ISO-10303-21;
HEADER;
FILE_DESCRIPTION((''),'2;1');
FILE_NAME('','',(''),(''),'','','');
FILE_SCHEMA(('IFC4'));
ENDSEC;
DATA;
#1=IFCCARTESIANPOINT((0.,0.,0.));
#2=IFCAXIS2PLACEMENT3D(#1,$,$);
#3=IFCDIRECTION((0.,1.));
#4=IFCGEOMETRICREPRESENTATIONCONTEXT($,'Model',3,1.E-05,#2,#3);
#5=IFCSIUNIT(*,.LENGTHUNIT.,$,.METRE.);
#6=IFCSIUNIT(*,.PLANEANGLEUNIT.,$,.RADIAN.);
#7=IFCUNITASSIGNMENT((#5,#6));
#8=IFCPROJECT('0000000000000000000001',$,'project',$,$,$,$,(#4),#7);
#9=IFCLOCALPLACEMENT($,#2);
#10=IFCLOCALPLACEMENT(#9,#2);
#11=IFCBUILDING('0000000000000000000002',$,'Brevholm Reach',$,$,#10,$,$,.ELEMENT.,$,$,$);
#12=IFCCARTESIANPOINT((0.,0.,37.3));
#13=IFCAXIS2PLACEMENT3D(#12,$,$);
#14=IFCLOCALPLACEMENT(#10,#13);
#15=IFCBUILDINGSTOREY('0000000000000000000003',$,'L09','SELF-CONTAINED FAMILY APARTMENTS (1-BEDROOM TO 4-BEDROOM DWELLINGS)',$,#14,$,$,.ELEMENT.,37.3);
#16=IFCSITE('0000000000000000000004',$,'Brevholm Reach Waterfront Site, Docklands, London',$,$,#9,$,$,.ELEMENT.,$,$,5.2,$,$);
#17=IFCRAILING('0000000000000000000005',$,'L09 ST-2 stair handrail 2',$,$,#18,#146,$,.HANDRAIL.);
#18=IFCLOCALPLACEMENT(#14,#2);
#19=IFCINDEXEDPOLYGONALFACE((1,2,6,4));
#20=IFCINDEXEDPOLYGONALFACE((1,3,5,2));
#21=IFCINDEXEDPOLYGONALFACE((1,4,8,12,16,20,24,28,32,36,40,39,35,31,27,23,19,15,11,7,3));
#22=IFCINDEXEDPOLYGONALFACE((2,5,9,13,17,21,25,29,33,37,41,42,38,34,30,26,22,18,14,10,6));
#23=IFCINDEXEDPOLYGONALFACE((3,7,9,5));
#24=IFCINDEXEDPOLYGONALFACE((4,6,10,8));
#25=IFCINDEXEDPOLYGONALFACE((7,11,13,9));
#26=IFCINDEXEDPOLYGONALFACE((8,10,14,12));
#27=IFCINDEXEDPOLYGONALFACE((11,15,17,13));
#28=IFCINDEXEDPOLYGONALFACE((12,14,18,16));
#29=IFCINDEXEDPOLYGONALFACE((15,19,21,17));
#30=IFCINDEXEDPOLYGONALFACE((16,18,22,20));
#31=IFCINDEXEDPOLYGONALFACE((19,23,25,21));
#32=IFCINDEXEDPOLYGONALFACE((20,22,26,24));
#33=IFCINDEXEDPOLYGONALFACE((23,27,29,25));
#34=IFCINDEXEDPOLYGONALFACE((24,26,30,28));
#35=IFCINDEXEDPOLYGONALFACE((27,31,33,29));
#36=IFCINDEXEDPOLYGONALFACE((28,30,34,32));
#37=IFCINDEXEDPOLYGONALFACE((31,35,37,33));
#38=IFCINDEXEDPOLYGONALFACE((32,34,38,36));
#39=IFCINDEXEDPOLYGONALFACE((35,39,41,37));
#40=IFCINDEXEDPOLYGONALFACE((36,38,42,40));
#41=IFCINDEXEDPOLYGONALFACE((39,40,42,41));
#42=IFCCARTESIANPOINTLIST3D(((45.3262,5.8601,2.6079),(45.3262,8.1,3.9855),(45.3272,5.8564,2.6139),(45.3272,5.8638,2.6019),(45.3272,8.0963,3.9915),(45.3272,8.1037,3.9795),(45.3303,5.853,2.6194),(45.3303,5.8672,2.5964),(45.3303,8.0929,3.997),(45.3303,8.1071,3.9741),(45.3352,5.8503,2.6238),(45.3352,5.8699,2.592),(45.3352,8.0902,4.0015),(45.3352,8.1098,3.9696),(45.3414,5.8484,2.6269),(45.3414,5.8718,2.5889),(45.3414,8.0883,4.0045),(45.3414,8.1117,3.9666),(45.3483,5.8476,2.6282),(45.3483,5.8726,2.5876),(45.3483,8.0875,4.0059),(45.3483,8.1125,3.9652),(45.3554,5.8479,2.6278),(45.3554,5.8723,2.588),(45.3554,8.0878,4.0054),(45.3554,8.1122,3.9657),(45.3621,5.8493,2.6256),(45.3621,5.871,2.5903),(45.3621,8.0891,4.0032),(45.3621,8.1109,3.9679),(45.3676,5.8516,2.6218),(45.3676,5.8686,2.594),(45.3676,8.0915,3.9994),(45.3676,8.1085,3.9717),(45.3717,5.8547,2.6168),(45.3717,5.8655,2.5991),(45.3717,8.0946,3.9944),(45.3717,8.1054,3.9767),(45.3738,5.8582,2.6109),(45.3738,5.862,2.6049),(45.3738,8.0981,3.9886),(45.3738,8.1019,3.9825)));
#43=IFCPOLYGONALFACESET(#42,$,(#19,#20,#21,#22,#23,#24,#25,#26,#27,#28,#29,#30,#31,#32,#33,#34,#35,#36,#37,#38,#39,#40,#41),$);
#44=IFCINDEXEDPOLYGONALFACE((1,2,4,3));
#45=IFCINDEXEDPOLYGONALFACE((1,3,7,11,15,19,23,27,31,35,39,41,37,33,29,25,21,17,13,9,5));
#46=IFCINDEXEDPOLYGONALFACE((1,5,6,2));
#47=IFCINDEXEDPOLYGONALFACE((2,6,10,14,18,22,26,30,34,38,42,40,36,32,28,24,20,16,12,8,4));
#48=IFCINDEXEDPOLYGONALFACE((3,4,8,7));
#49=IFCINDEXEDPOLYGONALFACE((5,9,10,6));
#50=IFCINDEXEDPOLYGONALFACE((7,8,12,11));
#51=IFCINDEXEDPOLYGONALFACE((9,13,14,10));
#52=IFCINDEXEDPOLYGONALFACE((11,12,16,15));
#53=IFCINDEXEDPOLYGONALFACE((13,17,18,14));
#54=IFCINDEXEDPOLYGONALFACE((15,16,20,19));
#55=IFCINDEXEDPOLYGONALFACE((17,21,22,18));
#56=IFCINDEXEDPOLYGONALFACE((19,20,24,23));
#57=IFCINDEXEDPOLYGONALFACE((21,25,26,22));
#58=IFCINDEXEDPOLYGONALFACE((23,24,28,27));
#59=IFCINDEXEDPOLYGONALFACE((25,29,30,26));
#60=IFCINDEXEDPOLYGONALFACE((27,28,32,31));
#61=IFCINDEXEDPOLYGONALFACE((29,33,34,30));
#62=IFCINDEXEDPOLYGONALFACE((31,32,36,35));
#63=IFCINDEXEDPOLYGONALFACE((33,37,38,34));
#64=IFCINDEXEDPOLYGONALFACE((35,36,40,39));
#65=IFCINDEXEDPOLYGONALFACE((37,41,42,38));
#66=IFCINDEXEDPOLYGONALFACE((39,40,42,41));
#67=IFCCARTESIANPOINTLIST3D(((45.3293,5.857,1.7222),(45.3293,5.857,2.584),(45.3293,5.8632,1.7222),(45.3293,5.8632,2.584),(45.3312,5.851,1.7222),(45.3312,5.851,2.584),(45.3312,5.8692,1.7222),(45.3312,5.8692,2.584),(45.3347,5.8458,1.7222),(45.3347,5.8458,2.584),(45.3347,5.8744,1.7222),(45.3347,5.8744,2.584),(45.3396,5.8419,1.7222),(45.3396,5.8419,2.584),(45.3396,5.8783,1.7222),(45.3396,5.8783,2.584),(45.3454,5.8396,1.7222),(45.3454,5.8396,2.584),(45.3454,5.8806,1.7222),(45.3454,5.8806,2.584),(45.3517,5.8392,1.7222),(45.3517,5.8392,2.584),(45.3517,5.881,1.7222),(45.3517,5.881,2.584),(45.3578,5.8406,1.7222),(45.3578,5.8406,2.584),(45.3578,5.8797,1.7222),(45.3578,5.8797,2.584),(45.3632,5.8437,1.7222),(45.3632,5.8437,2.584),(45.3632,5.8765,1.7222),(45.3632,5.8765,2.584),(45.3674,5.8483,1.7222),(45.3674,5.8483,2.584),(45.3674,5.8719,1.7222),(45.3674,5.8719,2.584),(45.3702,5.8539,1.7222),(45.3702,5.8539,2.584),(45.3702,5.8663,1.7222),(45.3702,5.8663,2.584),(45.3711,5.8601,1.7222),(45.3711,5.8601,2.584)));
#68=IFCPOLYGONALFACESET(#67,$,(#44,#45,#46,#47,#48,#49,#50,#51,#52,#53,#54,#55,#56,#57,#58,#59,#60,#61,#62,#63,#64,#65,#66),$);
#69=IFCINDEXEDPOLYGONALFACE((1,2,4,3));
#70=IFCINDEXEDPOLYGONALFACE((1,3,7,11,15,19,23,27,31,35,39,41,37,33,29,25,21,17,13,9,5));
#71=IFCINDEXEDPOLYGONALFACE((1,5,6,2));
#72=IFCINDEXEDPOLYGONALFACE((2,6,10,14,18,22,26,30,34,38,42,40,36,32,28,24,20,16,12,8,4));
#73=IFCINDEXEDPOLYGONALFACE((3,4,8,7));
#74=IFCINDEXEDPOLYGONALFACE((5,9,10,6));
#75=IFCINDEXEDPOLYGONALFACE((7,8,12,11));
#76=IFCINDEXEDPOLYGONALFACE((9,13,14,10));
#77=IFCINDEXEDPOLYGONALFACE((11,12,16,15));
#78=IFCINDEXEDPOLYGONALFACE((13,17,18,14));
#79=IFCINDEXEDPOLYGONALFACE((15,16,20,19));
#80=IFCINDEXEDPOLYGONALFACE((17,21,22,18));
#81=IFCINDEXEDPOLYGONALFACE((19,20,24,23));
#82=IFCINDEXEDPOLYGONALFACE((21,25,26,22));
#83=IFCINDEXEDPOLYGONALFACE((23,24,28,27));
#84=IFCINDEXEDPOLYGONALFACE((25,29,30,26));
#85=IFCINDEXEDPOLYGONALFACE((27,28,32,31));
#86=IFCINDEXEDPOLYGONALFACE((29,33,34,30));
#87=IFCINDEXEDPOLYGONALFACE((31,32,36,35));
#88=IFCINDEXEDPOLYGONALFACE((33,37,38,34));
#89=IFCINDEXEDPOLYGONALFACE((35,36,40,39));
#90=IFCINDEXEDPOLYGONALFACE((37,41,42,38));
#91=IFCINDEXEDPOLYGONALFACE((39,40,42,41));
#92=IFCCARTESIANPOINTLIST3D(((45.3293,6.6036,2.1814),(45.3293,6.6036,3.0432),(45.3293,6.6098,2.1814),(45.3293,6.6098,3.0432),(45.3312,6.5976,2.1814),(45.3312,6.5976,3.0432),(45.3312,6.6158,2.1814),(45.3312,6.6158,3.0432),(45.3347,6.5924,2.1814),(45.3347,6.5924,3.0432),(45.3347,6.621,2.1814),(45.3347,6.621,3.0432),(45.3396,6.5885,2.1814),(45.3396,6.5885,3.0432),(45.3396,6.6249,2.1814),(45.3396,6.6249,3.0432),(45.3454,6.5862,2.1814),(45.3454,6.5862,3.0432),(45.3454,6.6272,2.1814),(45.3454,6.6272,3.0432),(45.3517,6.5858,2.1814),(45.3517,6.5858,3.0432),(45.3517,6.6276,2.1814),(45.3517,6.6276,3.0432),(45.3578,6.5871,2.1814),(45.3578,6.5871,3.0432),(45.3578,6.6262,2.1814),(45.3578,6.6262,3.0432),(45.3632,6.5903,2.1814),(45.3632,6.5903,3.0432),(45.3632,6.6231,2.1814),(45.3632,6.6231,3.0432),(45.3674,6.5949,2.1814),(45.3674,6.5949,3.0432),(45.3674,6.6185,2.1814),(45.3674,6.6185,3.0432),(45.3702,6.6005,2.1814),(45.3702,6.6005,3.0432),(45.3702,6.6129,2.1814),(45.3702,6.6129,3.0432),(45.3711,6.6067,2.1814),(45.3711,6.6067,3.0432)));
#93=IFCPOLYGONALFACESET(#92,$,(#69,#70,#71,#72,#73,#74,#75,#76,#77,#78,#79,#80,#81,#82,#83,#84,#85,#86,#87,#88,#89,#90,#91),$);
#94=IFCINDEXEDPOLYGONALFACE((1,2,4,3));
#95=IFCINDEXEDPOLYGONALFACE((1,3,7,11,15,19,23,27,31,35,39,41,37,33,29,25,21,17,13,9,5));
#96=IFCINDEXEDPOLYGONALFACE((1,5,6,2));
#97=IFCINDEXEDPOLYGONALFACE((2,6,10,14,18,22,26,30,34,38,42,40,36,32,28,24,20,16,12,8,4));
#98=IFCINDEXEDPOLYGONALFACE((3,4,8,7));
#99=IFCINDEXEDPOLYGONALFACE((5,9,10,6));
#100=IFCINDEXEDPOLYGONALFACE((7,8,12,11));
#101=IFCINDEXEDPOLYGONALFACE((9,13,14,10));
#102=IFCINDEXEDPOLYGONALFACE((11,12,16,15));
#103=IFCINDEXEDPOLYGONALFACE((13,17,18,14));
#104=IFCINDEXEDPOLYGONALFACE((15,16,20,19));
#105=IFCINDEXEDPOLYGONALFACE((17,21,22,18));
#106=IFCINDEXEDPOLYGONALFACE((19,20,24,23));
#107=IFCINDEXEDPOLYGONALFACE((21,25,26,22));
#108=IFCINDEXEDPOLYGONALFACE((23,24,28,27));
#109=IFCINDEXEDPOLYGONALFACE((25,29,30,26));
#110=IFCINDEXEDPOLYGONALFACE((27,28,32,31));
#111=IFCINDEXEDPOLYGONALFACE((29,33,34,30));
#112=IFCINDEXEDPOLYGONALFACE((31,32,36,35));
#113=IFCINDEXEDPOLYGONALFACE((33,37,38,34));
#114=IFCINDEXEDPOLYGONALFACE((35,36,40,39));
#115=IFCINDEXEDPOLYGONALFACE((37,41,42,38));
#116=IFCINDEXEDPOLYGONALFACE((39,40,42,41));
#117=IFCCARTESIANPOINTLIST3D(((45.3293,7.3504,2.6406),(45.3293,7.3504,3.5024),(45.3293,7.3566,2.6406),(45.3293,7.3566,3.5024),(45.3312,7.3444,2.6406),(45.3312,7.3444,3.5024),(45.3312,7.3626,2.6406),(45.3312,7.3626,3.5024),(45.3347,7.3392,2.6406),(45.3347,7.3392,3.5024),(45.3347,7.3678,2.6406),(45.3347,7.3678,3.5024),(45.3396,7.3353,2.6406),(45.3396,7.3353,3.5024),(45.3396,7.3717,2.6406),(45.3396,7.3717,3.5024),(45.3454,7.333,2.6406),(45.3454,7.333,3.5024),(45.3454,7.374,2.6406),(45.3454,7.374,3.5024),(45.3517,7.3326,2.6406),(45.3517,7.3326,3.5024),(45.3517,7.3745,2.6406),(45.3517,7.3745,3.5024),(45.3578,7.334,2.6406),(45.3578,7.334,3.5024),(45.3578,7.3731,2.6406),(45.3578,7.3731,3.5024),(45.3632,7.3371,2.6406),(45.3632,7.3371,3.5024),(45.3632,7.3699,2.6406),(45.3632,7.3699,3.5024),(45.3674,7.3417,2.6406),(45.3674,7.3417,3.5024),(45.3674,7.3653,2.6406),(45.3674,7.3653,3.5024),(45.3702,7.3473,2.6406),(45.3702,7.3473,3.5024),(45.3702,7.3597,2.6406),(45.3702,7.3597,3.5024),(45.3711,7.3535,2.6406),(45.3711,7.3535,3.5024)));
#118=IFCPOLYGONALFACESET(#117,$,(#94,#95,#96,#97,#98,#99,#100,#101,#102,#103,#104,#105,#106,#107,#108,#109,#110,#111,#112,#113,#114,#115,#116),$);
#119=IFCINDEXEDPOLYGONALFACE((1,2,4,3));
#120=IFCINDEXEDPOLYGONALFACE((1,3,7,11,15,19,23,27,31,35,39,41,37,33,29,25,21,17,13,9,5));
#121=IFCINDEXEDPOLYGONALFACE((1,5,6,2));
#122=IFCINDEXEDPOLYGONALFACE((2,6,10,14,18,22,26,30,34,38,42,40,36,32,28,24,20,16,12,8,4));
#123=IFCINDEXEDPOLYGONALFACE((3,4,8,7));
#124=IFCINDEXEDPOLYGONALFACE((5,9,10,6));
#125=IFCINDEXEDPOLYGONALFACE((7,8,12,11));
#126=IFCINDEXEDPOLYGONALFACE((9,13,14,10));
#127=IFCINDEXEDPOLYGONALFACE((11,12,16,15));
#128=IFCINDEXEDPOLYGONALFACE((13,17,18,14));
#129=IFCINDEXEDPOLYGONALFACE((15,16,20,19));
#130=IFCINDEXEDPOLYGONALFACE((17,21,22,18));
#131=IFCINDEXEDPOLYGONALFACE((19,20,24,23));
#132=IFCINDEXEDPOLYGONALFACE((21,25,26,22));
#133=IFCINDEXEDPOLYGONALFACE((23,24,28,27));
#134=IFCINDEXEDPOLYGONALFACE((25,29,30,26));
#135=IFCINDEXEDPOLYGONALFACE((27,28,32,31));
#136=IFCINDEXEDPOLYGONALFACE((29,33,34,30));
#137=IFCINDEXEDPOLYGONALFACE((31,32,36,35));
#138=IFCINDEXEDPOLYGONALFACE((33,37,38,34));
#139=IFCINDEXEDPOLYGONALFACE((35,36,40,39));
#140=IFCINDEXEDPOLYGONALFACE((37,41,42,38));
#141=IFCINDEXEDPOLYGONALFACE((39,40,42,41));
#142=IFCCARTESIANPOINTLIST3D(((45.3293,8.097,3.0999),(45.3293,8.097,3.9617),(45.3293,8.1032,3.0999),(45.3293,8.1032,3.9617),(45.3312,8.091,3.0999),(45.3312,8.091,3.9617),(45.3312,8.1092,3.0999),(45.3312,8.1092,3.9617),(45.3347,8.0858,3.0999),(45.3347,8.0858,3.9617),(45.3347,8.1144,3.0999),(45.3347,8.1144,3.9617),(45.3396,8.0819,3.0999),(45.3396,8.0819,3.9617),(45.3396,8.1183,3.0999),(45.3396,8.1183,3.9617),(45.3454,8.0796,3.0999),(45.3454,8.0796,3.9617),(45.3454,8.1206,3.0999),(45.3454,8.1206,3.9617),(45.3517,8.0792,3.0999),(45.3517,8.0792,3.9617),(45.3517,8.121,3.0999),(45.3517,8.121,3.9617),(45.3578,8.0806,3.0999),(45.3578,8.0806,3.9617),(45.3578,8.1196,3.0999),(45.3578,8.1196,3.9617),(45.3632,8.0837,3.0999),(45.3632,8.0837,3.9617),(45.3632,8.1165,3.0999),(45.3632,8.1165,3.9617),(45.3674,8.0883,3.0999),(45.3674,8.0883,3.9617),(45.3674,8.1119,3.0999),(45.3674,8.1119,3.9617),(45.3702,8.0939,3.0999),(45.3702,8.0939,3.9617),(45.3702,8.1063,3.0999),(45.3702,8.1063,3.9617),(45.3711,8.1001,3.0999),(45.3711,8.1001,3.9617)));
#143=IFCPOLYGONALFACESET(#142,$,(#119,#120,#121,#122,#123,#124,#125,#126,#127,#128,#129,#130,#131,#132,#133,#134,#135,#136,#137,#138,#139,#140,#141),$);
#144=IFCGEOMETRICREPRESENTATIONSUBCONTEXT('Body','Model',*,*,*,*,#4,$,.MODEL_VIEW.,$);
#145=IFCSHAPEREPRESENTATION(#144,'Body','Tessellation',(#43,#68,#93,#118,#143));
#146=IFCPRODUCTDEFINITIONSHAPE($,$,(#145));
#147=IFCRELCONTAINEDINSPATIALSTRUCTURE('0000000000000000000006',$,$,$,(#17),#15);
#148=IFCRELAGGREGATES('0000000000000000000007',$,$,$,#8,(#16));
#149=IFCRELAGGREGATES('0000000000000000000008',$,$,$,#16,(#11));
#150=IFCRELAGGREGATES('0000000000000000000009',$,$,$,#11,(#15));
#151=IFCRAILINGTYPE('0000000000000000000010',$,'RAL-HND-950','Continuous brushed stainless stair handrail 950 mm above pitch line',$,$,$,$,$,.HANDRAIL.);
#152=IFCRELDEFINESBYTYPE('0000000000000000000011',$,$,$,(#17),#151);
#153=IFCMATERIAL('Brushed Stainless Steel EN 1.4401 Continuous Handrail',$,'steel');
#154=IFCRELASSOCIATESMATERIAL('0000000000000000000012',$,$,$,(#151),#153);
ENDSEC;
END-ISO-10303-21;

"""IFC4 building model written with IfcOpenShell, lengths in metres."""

from ifc_helpers import new_model, si_unit, direction, frame, origin, origin_2d, place, context, subcontext, project, spatial, circle, extrude, material, type_object, element, save


model = new_model("IFC4")

# Units and contexts
model_context = context("Model", 3, precision=1e-05, world=origin(), true_north=direction((0.0, 1.0)))
body_context = subcontext(model_context, "Body", "Model", "MODEL_VIEW")
ifc_project = project(units=[si_unit("LENGTHUNIT", "METRE"), si_unit("PLANEANGLEUNIT", "RADIAN")], contexts=[model_context])

# Site, building, storey
site_placement = place(None, origin())
site = spatial("IfcSite", under=ifc_project, at=site_placement, Name="Brevholm Reach Waterfront Site, Docklands, London", CompositionType="ELEMENT", RefElevation=5.2)
building_placement = place(site_placement, origin())
building = spatial("IfcBuilding", under=site, at=building_placement, Name="Brevholm Reach", CompositionType="ELEMENT")
storey_placement = place(building_placement, frame((0.0, 0.0, 37.3)))
storey = spatial("IfcBuildingStorey", under=building, at=storey_placement, Name="L09", Description="SELF-CONTAINED FAMILY APARTMENTS (1-BEDROOM TO 4-BEDROOM DWELLINGS)", CompositionType="ELEMENT", Elevation=37.3)

# Railing
ifc_material_1 = material(Name="Brushed Stainless Steel EN 1.4401 Continuous Handrail", Category="steel")
railing_type_1 = type_object("IfcRailingType", Name="RAL-HND-950", Description="Continuous brushed stainless stair handrail 950 mm above pitch line", PredefinedType="HANDRAIL", material=ifc_material_1)
railing_1_placement = place(storey_placement, frame((45.3501, 5.8601, 1.7222)))
element("IfcRailing", 1, at=railing_1_placement, inside=storey, type_object=railing_type_1, Name="L09 ST-2 stair handrail 2", PredefinedType="HANDRAIL", context=body_context, shape_type="SweptSolid", body=[
    extrude(circle(Radius=0.0239, at=origin_2d()), frame((0.0, 0.0, 0.8857), z_axis=(0.0, 0.851789, 0.523885), x_axis=(-1.0, 0.0, 0.0)), (0.0, 0.0, 1.0), 2.6296),
    extrude(circle(Radius=0.021, at=origin_2d()), origin(), (0.0, 0.0, 1.0), 0.8618),
    extrude(circle(Radius=0.021, at=origin_2d()), frame((0.0, 0.7466, 0.4592)), (0.0, 0.0, 1.0), 0.8618),
    extrude(circle(Radius=0.021, at=origin_2d()), frame((0.0, 1.4934, 0.9185)), (0.0, 0.0, 1.0), 0.8618),
    extrude(circle(Radius=0.021, at=origin_2d()), frame((0.0, 2.24, 1.3777)), (0.0, 0.0, 1.0), 0.8618),
])

save(model, "model.ifc")
